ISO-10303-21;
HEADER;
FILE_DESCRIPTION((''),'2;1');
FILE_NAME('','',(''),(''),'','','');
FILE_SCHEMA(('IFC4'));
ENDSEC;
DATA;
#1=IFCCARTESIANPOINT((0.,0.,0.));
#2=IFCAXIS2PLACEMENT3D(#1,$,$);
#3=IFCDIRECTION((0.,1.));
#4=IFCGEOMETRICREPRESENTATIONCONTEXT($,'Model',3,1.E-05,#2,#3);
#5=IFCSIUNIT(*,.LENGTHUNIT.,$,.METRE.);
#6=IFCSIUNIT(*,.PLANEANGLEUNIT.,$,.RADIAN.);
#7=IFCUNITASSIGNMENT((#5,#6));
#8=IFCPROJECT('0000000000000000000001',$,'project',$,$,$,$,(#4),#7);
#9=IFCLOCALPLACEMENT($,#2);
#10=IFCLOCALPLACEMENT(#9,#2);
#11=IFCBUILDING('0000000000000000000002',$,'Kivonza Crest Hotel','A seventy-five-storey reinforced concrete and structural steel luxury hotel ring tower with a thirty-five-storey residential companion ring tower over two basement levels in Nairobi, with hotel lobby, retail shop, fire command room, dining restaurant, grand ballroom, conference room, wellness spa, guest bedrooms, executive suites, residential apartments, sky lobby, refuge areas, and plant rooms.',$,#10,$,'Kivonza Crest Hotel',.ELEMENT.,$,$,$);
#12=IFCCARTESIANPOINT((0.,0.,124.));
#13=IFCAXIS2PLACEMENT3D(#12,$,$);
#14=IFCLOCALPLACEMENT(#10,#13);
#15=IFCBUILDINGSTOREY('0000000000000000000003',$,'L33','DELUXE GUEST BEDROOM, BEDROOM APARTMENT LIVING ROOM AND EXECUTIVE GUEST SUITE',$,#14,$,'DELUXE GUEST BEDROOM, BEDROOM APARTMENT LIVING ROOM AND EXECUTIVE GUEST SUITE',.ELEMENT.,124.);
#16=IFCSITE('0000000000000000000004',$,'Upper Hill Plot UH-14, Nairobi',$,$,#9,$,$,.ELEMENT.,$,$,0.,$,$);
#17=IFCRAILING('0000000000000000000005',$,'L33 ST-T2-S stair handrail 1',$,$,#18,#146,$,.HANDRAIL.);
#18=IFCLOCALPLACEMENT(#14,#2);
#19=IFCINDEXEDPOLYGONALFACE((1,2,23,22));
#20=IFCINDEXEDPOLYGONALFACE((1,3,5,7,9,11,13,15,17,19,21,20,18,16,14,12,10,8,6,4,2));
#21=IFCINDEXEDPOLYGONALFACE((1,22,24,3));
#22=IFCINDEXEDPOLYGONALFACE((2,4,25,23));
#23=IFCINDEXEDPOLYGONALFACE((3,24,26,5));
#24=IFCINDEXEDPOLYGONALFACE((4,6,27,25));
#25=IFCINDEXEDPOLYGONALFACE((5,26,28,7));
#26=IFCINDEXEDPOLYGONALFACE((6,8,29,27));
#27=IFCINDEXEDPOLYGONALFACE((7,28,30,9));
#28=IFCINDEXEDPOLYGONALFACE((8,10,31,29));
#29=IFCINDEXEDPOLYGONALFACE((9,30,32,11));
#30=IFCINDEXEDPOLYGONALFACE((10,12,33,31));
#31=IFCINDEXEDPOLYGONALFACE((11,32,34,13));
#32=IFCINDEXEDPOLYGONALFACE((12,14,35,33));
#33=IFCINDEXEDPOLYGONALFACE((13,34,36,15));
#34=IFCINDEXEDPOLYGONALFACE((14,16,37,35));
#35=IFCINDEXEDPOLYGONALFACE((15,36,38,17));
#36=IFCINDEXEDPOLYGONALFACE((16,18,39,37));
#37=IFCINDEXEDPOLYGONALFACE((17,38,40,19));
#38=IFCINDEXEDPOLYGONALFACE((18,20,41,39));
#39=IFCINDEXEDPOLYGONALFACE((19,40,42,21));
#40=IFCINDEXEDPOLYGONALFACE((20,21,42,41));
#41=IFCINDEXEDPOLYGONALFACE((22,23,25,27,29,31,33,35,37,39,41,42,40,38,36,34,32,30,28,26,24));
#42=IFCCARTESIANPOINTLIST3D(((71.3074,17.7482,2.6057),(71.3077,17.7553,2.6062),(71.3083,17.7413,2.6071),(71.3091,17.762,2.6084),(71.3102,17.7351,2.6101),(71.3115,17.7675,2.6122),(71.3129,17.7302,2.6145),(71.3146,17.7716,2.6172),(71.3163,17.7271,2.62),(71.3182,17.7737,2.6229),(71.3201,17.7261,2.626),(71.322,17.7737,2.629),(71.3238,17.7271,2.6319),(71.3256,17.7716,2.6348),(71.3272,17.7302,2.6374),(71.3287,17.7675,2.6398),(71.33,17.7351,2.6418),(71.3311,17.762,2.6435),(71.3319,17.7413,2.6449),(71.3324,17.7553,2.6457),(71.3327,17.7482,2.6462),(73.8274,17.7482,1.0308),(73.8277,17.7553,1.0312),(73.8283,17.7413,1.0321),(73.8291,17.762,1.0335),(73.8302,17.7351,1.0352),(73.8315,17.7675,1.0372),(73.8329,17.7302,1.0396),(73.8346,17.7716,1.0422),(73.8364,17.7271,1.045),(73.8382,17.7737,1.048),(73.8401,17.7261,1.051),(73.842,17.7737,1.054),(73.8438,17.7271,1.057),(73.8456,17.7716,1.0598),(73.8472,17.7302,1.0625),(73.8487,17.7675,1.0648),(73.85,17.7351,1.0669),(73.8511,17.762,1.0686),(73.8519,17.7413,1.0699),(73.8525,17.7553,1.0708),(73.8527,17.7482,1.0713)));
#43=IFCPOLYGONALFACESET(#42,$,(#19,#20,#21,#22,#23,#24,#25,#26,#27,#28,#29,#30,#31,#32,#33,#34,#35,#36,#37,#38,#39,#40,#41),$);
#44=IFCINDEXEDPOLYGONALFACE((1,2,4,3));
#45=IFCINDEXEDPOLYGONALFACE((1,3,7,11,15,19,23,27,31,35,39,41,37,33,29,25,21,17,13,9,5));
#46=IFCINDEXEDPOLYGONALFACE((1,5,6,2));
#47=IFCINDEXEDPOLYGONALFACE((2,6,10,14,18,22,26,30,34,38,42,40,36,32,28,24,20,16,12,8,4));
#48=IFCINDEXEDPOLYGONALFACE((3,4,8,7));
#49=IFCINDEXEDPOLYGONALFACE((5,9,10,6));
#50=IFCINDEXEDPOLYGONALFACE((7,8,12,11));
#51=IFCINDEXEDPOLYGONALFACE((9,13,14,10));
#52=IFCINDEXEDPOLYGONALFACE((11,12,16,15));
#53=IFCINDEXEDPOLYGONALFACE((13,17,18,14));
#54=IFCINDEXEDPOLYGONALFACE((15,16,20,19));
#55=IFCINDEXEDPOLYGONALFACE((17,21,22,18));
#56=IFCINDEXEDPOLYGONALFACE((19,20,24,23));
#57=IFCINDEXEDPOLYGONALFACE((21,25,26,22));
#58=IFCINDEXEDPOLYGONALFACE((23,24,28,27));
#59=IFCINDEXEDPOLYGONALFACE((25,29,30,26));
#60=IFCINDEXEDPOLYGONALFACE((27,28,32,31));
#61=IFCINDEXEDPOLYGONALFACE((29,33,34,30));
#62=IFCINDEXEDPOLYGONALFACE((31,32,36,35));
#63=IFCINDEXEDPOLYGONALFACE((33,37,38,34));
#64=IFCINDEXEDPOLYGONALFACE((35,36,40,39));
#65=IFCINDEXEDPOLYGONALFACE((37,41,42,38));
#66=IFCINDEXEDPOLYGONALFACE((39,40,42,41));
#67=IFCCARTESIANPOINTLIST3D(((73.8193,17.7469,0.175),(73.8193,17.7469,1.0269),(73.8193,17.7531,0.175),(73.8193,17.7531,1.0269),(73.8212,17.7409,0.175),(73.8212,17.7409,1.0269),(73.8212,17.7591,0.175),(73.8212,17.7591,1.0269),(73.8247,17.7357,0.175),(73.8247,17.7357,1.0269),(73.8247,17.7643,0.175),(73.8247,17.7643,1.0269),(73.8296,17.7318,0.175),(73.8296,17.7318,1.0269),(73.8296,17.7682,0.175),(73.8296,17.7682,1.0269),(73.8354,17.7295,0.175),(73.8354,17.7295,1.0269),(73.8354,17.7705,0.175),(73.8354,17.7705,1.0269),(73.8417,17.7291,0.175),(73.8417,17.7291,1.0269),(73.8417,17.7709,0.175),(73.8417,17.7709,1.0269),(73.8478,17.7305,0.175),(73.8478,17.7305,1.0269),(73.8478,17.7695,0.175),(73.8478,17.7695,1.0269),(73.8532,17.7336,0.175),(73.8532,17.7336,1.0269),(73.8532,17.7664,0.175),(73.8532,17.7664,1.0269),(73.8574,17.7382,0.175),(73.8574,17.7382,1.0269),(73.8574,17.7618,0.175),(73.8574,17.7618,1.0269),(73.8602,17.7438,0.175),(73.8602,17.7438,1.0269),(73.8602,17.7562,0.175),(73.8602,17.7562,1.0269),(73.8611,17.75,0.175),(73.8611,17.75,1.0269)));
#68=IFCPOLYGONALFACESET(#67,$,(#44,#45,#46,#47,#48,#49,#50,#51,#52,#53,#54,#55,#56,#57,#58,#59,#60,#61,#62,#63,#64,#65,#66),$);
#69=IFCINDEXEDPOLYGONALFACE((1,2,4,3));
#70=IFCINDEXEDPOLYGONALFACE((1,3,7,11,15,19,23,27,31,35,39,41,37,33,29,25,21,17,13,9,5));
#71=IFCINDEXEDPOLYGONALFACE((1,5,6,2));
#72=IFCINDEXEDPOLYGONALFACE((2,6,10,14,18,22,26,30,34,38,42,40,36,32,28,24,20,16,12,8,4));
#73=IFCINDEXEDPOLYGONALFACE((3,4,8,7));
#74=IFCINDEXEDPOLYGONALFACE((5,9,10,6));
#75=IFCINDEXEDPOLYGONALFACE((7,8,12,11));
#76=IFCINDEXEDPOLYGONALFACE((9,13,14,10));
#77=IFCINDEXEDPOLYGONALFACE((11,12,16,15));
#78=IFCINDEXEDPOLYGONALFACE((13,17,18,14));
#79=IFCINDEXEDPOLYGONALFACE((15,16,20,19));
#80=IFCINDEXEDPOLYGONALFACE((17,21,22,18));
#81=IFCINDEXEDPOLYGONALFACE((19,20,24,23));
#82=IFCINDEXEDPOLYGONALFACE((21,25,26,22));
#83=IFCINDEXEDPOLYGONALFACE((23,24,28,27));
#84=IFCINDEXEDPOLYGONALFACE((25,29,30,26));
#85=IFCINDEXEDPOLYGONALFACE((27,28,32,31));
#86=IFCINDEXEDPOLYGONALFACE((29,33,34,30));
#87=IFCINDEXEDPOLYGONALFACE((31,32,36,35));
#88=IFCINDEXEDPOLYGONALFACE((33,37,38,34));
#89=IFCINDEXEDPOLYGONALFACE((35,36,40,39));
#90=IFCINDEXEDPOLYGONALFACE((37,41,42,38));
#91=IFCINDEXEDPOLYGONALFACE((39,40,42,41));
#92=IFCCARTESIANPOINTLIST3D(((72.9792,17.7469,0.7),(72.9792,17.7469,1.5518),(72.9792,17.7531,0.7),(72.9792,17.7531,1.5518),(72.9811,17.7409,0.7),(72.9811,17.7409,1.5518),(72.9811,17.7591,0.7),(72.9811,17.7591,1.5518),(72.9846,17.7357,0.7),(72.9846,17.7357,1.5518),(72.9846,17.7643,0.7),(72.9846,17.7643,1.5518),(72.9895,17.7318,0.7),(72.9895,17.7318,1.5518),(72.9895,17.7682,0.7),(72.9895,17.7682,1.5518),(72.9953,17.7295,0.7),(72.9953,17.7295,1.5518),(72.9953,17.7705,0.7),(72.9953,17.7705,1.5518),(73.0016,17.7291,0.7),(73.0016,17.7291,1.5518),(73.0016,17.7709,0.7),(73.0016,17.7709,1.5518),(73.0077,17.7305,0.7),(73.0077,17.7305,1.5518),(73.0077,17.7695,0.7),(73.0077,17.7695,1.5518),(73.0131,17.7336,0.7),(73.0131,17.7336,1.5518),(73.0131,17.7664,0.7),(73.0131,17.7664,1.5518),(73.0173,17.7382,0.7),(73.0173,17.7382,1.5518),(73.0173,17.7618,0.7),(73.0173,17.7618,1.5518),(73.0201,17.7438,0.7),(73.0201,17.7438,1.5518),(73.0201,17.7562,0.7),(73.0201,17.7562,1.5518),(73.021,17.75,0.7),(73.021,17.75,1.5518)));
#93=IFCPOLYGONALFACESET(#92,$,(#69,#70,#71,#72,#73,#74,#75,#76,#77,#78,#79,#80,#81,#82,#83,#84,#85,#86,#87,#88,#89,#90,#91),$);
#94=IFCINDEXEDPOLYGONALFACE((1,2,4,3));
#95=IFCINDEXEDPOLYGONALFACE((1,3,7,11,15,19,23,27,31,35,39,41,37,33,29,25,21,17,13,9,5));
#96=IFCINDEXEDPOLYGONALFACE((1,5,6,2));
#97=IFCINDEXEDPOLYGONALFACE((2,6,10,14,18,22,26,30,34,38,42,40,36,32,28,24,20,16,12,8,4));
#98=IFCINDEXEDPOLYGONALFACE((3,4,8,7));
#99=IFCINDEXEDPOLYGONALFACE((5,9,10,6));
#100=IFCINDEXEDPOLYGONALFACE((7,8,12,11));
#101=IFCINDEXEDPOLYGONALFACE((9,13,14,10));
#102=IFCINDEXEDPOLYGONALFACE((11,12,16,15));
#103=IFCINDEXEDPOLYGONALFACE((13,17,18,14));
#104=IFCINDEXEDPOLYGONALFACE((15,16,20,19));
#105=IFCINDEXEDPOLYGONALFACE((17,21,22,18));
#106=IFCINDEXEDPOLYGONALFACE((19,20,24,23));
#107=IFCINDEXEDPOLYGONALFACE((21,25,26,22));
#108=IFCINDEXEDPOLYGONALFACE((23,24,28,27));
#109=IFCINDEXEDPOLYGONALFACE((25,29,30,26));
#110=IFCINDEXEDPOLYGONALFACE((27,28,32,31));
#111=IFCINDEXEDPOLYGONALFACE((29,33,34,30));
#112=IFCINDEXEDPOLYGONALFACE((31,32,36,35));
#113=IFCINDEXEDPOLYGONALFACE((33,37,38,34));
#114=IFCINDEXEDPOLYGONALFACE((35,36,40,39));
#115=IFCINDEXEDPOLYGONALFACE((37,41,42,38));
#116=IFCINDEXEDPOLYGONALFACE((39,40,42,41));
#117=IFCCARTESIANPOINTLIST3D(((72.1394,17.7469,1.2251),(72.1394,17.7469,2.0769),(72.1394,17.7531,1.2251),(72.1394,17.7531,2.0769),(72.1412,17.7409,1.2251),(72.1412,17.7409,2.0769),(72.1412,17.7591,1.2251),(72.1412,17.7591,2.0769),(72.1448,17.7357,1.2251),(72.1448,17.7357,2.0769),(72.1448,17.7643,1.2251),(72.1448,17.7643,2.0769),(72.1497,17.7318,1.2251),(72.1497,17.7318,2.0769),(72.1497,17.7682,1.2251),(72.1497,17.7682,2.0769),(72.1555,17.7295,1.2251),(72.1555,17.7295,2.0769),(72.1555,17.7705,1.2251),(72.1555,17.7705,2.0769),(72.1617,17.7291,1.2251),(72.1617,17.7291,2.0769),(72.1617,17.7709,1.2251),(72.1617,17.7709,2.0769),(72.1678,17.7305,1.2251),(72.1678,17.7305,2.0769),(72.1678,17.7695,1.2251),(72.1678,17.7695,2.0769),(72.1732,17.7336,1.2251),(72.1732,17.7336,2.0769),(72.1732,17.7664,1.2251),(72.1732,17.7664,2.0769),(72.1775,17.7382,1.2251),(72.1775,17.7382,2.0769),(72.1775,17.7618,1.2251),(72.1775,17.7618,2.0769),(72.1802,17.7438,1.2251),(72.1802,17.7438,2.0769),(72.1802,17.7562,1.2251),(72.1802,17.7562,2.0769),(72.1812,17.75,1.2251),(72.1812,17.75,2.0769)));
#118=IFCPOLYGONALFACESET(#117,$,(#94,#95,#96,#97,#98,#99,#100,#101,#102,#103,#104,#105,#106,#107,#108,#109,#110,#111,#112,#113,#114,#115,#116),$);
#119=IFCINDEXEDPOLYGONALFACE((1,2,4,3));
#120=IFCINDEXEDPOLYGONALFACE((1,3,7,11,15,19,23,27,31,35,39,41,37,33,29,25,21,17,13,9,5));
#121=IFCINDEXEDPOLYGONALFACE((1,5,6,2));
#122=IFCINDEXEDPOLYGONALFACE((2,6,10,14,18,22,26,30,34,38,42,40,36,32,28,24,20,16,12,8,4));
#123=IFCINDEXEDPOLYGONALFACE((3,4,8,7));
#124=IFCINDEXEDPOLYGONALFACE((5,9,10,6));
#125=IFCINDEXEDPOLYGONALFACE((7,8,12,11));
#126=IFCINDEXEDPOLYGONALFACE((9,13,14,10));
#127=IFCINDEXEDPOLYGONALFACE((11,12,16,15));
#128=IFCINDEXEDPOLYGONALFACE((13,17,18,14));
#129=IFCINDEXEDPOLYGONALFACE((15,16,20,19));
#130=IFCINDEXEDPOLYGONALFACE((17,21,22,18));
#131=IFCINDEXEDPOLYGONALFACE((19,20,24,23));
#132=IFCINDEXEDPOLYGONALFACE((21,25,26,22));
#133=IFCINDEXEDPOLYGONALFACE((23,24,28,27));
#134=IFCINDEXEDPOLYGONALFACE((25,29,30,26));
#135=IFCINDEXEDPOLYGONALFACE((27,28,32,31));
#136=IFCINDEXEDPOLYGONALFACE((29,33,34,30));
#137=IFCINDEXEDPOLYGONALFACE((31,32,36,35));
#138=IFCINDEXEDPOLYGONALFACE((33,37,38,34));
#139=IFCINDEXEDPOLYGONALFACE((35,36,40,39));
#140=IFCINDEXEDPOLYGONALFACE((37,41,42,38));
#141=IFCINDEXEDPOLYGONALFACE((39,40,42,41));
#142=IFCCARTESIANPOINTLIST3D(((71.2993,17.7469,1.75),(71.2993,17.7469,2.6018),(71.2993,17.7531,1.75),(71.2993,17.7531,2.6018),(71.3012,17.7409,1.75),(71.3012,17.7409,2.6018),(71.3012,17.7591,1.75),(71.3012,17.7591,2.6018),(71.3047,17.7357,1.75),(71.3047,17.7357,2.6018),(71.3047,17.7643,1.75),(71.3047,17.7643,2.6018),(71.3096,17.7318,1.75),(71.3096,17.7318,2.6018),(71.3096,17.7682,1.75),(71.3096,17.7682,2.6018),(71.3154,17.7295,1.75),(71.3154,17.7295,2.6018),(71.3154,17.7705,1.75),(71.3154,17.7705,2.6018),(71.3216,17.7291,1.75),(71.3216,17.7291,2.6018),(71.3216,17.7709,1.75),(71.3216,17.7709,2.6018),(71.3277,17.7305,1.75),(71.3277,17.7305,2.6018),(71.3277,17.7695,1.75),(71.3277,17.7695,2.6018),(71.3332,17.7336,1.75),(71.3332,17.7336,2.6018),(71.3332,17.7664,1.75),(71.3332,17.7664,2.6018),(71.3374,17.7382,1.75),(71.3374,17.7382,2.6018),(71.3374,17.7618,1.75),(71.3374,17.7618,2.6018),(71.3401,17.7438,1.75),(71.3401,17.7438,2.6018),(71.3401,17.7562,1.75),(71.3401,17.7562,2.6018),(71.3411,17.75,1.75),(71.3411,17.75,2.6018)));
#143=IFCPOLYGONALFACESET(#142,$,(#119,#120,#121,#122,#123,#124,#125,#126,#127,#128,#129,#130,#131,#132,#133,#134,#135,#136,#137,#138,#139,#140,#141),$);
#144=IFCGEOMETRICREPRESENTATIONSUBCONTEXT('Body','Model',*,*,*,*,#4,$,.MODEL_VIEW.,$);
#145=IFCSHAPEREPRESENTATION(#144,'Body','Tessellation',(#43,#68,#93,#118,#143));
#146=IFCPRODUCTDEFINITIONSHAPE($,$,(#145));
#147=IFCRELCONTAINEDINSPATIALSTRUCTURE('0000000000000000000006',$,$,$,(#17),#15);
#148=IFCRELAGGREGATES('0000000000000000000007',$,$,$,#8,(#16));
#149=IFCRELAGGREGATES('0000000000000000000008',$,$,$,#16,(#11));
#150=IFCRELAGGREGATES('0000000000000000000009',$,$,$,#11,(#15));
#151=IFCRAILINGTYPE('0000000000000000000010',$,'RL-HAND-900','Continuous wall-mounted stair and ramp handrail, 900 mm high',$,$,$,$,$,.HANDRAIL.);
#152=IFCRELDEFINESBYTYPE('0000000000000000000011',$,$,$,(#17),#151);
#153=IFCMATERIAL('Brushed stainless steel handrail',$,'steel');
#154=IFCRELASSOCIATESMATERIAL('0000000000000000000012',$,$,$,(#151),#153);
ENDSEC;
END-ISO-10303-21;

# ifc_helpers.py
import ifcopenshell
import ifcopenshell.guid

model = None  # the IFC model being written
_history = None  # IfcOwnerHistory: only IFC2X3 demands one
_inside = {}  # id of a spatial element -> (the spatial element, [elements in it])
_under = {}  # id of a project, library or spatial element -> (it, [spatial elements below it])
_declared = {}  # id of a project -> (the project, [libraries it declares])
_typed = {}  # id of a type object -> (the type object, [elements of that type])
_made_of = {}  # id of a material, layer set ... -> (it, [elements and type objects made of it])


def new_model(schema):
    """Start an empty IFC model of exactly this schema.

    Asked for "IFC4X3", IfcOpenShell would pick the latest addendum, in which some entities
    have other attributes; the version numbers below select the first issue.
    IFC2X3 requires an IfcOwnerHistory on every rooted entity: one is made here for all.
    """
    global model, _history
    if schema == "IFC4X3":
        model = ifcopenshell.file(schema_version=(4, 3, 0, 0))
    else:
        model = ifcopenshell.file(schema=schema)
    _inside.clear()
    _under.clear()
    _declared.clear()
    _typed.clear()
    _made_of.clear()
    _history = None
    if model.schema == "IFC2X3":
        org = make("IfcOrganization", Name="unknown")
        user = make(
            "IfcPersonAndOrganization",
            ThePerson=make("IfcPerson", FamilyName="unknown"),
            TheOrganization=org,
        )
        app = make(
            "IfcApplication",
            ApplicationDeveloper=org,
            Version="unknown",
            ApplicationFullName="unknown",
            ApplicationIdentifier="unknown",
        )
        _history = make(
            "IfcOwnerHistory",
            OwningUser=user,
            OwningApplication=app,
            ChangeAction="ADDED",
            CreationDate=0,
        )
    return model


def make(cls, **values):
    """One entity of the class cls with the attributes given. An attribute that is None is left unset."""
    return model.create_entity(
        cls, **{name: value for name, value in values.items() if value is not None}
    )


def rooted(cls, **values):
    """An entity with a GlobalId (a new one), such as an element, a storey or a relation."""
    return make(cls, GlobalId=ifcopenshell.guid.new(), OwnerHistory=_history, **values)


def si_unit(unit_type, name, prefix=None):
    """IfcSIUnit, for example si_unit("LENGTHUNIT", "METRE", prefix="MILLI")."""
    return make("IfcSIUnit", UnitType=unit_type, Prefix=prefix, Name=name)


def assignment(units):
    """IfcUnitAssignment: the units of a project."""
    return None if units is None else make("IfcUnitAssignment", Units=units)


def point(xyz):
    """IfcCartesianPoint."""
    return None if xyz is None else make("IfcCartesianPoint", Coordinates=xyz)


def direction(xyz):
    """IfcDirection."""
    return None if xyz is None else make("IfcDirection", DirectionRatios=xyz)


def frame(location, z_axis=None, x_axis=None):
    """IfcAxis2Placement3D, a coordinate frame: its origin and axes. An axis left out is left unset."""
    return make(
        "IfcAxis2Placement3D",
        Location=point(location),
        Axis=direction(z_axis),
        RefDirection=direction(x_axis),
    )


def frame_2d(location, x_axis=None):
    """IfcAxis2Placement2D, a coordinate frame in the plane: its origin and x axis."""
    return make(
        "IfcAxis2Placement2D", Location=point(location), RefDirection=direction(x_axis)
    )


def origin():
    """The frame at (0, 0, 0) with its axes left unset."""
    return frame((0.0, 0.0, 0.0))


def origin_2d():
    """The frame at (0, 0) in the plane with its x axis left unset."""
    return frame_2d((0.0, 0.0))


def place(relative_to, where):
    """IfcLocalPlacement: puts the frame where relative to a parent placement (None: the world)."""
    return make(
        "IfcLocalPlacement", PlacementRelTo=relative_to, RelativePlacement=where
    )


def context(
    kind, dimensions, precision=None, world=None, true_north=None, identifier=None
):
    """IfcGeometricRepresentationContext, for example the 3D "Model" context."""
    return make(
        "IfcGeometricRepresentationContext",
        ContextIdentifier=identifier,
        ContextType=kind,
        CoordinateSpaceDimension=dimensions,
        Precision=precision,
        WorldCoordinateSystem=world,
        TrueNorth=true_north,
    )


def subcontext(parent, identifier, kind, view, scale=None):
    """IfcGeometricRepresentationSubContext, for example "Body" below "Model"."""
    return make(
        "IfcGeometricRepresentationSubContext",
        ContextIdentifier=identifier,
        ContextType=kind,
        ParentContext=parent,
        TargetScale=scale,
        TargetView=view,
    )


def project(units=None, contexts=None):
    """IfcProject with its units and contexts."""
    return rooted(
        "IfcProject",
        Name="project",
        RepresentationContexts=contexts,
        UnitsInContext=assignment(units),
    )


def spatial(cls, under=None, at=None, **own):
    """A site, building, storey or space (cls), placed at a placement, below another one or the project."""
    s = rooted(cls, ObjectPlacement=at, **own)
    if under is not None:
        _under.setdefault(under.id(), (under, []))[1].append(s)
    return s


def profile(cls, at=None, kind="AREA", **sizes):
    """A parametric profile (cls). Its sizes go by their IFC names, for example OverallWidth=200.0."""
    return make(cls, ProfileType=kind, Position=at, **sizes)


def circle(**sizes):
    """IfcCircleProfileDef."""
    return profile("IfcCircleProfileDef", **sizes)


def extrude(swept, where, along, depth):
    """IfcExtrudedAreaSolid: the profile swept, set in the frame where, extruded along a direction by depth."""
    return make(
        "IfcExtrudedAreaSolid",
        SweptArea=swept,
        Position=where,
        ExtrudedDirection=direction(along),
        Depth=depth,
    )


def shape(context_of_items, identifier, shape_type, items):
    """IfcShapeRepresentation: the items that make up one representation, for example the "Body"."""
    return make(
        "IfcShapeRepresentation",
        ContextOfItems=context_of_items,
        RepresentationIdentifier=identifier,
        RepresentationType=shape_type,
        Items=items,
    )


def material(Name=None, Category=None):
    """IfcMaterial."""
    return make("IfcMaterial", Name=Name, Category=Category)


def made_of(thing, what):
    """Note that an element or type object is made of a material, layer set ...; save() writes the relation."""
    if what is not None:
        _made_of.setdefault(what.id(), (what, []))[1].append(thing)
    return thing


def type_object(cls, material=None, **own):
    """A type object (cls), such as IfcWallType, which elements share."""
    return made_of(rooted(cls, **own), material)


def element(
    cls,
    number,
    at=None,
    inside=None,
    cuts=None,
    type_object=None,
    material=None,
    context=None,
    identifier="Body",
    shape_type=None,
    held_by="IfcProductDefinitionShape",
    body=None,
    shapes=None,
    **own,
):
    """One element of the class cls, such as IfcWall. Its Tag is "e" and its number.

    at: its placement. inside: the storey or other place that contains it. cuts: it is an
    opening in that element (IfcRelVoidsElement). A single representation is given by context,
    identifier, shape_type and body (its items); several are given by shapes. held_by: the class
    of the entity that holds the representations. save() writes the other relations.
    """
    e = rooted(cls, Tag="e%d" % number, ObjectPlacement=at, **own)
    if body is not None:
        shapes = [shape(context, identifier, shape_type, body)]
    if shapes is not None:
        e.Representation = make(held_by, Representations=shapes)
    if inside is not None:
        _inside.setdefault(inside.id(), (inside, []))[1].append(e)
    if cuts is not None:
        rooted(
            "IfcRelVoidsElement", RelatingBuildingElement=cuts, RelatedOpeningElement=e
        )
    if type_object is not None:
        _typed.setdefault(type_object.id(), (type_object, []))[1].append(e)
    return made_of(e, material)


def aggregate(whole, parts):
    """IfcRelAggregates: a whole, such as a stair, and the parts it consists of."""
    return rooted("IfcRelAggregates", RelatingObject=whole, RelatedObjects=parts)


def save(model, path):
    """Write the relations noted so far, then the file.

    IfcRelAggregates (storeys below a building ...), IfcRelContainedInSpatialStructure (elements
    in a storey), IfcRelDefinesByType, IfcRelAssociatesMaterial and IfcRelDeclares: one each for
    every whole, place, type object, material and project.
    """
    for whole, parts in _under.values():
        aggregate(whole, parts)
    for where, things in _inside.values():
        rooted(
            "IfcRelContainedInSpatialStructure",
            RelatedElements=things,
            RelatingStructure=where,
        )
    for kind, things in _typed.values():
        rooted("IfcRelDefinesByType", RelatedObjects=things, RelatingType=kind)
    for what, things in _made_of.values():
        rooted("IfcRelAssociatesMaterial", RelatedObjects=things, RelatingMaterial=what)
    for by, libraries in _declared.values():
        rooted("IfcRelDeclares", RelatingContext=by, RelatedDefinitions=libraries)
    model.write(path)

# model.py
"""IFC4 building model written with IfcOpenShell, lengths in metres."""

from ifc_helpers import new_model, si_unit, direction, frame, origin, origin_2d, place, context, subcontext, project, spatial, circle, extrude, material, type_object, element, save


model = new_model("IFC4")

# Units and contexts
model_context = context("Model", 3, precision=1e-05, world=origin(), true_north=direction((0.0, 1.0)))
body_context = subcontext(model_context, "Body", "Model", "MODEL_VIEW")
ifc_project = project(units=[si_unit("LENGTHUNIT", "METRE"), si_unit("PLANEANGLEUNIT", "RADIAN")], contexts=[model_context])

# Site, building, storey
site_placement = place(None, origin())
site = spatial("IfcSite", under=ifc_project, at=site_placement, Name="Upper Hill Plot UH-14, Nairobi", CompositionType="ELEMENT", RefElevation=0.0)
building_placement = place(site_placement, origin())
building = spatial("IfcBuilding", under=site, at=building_placement, Name="Kivonza Crest Hotel", Description="A seventy-five-storey reinforced concrete and structural steel luxury hotel ring tower with a thirty-five-storey residential companion ring tower over two basement levels in Nairobi, with hotel lobby, retail shop, fire command room, dining restaurant, grand ballroom, conference room, wellness spa, guest bedrooms, executive suites, residential apartments, sky lobby, refuge areas, and plant rooms.", LongName="Kivonza Crest Hotel", CompositionType="ELEMENT")
storey_placement = place(building_placement, frame((0.0, 0.0, 124.0)))
storey = spatial("IfcBuildingStorey", under=building, at=storey_placement, Name="L33", Description="DELUXE GUEST BEDROOM, BEDROOM APARTMENT LIVING ROOM AND EXECUTIVE GUEST SUITE", LongName="DELUXE GUEST BEDROOM, BEDROOM APARTMENT LIVING ROOM AND EXECUTIVE GUEST SUITE", CompositionType="ELEMENT", Elevation=124.0)

# Railing
ifc_material_1 = material(Name="Brushed stainless steel handrail", Category="steel")
railing_type_1 = type_object("IfcRailingType", Name="RL-HAND-900", Description="Continuous wall-mounted stair and ramp handrail, 900 mm high", PredefinedType="HANDRAIL", material=ifc_material_1)
railing_1_placement = place(storey_placement, frame((73.8401, 17.75, 0.175)))
element("IfcRailing", 1, at=railing_1_placement, inside=storey, type_object=railing_type_1, Name="L33 ST-T2-S stair handrail 1", PredefinedType="HANDRAIL", context=body_context, shape_type="SweptSolid", body=[
    extrude(circle(Radius=0.0239, at=origin_2d()), frame((0.0, 0.0, 0.876), z_axis=(-0.848008, 0.0, 0.529984), x_axis=(0.0, -1.0, 0.0)), (0.0, 0.0, 1.0), 2.9717),
    extrude(circle(Radius=0.021, at=origin_2d()), origin(), (0.0, 0.0, 1.0), 0.8518),
    extrude(circle(Radius=0.021, at=origin_2d()), frame((-0.8401, 0.0, 0.5249)), (0.0, 0.0, 1.0), 0.8518),
    extrude(circle(Radius=0.021, at=origin_2d()), frame((-1.6799, 0.0, 1.05)), (0.0, 0.0, 1.0), 0.8518),
    extrude(circle(Radius=0.021, at=origin_2d()), frame((-2.52, 0.0, 1.575)), (0.0, 0.0, 1.0), 0.8518),
])

save(model, "model.ifc")
